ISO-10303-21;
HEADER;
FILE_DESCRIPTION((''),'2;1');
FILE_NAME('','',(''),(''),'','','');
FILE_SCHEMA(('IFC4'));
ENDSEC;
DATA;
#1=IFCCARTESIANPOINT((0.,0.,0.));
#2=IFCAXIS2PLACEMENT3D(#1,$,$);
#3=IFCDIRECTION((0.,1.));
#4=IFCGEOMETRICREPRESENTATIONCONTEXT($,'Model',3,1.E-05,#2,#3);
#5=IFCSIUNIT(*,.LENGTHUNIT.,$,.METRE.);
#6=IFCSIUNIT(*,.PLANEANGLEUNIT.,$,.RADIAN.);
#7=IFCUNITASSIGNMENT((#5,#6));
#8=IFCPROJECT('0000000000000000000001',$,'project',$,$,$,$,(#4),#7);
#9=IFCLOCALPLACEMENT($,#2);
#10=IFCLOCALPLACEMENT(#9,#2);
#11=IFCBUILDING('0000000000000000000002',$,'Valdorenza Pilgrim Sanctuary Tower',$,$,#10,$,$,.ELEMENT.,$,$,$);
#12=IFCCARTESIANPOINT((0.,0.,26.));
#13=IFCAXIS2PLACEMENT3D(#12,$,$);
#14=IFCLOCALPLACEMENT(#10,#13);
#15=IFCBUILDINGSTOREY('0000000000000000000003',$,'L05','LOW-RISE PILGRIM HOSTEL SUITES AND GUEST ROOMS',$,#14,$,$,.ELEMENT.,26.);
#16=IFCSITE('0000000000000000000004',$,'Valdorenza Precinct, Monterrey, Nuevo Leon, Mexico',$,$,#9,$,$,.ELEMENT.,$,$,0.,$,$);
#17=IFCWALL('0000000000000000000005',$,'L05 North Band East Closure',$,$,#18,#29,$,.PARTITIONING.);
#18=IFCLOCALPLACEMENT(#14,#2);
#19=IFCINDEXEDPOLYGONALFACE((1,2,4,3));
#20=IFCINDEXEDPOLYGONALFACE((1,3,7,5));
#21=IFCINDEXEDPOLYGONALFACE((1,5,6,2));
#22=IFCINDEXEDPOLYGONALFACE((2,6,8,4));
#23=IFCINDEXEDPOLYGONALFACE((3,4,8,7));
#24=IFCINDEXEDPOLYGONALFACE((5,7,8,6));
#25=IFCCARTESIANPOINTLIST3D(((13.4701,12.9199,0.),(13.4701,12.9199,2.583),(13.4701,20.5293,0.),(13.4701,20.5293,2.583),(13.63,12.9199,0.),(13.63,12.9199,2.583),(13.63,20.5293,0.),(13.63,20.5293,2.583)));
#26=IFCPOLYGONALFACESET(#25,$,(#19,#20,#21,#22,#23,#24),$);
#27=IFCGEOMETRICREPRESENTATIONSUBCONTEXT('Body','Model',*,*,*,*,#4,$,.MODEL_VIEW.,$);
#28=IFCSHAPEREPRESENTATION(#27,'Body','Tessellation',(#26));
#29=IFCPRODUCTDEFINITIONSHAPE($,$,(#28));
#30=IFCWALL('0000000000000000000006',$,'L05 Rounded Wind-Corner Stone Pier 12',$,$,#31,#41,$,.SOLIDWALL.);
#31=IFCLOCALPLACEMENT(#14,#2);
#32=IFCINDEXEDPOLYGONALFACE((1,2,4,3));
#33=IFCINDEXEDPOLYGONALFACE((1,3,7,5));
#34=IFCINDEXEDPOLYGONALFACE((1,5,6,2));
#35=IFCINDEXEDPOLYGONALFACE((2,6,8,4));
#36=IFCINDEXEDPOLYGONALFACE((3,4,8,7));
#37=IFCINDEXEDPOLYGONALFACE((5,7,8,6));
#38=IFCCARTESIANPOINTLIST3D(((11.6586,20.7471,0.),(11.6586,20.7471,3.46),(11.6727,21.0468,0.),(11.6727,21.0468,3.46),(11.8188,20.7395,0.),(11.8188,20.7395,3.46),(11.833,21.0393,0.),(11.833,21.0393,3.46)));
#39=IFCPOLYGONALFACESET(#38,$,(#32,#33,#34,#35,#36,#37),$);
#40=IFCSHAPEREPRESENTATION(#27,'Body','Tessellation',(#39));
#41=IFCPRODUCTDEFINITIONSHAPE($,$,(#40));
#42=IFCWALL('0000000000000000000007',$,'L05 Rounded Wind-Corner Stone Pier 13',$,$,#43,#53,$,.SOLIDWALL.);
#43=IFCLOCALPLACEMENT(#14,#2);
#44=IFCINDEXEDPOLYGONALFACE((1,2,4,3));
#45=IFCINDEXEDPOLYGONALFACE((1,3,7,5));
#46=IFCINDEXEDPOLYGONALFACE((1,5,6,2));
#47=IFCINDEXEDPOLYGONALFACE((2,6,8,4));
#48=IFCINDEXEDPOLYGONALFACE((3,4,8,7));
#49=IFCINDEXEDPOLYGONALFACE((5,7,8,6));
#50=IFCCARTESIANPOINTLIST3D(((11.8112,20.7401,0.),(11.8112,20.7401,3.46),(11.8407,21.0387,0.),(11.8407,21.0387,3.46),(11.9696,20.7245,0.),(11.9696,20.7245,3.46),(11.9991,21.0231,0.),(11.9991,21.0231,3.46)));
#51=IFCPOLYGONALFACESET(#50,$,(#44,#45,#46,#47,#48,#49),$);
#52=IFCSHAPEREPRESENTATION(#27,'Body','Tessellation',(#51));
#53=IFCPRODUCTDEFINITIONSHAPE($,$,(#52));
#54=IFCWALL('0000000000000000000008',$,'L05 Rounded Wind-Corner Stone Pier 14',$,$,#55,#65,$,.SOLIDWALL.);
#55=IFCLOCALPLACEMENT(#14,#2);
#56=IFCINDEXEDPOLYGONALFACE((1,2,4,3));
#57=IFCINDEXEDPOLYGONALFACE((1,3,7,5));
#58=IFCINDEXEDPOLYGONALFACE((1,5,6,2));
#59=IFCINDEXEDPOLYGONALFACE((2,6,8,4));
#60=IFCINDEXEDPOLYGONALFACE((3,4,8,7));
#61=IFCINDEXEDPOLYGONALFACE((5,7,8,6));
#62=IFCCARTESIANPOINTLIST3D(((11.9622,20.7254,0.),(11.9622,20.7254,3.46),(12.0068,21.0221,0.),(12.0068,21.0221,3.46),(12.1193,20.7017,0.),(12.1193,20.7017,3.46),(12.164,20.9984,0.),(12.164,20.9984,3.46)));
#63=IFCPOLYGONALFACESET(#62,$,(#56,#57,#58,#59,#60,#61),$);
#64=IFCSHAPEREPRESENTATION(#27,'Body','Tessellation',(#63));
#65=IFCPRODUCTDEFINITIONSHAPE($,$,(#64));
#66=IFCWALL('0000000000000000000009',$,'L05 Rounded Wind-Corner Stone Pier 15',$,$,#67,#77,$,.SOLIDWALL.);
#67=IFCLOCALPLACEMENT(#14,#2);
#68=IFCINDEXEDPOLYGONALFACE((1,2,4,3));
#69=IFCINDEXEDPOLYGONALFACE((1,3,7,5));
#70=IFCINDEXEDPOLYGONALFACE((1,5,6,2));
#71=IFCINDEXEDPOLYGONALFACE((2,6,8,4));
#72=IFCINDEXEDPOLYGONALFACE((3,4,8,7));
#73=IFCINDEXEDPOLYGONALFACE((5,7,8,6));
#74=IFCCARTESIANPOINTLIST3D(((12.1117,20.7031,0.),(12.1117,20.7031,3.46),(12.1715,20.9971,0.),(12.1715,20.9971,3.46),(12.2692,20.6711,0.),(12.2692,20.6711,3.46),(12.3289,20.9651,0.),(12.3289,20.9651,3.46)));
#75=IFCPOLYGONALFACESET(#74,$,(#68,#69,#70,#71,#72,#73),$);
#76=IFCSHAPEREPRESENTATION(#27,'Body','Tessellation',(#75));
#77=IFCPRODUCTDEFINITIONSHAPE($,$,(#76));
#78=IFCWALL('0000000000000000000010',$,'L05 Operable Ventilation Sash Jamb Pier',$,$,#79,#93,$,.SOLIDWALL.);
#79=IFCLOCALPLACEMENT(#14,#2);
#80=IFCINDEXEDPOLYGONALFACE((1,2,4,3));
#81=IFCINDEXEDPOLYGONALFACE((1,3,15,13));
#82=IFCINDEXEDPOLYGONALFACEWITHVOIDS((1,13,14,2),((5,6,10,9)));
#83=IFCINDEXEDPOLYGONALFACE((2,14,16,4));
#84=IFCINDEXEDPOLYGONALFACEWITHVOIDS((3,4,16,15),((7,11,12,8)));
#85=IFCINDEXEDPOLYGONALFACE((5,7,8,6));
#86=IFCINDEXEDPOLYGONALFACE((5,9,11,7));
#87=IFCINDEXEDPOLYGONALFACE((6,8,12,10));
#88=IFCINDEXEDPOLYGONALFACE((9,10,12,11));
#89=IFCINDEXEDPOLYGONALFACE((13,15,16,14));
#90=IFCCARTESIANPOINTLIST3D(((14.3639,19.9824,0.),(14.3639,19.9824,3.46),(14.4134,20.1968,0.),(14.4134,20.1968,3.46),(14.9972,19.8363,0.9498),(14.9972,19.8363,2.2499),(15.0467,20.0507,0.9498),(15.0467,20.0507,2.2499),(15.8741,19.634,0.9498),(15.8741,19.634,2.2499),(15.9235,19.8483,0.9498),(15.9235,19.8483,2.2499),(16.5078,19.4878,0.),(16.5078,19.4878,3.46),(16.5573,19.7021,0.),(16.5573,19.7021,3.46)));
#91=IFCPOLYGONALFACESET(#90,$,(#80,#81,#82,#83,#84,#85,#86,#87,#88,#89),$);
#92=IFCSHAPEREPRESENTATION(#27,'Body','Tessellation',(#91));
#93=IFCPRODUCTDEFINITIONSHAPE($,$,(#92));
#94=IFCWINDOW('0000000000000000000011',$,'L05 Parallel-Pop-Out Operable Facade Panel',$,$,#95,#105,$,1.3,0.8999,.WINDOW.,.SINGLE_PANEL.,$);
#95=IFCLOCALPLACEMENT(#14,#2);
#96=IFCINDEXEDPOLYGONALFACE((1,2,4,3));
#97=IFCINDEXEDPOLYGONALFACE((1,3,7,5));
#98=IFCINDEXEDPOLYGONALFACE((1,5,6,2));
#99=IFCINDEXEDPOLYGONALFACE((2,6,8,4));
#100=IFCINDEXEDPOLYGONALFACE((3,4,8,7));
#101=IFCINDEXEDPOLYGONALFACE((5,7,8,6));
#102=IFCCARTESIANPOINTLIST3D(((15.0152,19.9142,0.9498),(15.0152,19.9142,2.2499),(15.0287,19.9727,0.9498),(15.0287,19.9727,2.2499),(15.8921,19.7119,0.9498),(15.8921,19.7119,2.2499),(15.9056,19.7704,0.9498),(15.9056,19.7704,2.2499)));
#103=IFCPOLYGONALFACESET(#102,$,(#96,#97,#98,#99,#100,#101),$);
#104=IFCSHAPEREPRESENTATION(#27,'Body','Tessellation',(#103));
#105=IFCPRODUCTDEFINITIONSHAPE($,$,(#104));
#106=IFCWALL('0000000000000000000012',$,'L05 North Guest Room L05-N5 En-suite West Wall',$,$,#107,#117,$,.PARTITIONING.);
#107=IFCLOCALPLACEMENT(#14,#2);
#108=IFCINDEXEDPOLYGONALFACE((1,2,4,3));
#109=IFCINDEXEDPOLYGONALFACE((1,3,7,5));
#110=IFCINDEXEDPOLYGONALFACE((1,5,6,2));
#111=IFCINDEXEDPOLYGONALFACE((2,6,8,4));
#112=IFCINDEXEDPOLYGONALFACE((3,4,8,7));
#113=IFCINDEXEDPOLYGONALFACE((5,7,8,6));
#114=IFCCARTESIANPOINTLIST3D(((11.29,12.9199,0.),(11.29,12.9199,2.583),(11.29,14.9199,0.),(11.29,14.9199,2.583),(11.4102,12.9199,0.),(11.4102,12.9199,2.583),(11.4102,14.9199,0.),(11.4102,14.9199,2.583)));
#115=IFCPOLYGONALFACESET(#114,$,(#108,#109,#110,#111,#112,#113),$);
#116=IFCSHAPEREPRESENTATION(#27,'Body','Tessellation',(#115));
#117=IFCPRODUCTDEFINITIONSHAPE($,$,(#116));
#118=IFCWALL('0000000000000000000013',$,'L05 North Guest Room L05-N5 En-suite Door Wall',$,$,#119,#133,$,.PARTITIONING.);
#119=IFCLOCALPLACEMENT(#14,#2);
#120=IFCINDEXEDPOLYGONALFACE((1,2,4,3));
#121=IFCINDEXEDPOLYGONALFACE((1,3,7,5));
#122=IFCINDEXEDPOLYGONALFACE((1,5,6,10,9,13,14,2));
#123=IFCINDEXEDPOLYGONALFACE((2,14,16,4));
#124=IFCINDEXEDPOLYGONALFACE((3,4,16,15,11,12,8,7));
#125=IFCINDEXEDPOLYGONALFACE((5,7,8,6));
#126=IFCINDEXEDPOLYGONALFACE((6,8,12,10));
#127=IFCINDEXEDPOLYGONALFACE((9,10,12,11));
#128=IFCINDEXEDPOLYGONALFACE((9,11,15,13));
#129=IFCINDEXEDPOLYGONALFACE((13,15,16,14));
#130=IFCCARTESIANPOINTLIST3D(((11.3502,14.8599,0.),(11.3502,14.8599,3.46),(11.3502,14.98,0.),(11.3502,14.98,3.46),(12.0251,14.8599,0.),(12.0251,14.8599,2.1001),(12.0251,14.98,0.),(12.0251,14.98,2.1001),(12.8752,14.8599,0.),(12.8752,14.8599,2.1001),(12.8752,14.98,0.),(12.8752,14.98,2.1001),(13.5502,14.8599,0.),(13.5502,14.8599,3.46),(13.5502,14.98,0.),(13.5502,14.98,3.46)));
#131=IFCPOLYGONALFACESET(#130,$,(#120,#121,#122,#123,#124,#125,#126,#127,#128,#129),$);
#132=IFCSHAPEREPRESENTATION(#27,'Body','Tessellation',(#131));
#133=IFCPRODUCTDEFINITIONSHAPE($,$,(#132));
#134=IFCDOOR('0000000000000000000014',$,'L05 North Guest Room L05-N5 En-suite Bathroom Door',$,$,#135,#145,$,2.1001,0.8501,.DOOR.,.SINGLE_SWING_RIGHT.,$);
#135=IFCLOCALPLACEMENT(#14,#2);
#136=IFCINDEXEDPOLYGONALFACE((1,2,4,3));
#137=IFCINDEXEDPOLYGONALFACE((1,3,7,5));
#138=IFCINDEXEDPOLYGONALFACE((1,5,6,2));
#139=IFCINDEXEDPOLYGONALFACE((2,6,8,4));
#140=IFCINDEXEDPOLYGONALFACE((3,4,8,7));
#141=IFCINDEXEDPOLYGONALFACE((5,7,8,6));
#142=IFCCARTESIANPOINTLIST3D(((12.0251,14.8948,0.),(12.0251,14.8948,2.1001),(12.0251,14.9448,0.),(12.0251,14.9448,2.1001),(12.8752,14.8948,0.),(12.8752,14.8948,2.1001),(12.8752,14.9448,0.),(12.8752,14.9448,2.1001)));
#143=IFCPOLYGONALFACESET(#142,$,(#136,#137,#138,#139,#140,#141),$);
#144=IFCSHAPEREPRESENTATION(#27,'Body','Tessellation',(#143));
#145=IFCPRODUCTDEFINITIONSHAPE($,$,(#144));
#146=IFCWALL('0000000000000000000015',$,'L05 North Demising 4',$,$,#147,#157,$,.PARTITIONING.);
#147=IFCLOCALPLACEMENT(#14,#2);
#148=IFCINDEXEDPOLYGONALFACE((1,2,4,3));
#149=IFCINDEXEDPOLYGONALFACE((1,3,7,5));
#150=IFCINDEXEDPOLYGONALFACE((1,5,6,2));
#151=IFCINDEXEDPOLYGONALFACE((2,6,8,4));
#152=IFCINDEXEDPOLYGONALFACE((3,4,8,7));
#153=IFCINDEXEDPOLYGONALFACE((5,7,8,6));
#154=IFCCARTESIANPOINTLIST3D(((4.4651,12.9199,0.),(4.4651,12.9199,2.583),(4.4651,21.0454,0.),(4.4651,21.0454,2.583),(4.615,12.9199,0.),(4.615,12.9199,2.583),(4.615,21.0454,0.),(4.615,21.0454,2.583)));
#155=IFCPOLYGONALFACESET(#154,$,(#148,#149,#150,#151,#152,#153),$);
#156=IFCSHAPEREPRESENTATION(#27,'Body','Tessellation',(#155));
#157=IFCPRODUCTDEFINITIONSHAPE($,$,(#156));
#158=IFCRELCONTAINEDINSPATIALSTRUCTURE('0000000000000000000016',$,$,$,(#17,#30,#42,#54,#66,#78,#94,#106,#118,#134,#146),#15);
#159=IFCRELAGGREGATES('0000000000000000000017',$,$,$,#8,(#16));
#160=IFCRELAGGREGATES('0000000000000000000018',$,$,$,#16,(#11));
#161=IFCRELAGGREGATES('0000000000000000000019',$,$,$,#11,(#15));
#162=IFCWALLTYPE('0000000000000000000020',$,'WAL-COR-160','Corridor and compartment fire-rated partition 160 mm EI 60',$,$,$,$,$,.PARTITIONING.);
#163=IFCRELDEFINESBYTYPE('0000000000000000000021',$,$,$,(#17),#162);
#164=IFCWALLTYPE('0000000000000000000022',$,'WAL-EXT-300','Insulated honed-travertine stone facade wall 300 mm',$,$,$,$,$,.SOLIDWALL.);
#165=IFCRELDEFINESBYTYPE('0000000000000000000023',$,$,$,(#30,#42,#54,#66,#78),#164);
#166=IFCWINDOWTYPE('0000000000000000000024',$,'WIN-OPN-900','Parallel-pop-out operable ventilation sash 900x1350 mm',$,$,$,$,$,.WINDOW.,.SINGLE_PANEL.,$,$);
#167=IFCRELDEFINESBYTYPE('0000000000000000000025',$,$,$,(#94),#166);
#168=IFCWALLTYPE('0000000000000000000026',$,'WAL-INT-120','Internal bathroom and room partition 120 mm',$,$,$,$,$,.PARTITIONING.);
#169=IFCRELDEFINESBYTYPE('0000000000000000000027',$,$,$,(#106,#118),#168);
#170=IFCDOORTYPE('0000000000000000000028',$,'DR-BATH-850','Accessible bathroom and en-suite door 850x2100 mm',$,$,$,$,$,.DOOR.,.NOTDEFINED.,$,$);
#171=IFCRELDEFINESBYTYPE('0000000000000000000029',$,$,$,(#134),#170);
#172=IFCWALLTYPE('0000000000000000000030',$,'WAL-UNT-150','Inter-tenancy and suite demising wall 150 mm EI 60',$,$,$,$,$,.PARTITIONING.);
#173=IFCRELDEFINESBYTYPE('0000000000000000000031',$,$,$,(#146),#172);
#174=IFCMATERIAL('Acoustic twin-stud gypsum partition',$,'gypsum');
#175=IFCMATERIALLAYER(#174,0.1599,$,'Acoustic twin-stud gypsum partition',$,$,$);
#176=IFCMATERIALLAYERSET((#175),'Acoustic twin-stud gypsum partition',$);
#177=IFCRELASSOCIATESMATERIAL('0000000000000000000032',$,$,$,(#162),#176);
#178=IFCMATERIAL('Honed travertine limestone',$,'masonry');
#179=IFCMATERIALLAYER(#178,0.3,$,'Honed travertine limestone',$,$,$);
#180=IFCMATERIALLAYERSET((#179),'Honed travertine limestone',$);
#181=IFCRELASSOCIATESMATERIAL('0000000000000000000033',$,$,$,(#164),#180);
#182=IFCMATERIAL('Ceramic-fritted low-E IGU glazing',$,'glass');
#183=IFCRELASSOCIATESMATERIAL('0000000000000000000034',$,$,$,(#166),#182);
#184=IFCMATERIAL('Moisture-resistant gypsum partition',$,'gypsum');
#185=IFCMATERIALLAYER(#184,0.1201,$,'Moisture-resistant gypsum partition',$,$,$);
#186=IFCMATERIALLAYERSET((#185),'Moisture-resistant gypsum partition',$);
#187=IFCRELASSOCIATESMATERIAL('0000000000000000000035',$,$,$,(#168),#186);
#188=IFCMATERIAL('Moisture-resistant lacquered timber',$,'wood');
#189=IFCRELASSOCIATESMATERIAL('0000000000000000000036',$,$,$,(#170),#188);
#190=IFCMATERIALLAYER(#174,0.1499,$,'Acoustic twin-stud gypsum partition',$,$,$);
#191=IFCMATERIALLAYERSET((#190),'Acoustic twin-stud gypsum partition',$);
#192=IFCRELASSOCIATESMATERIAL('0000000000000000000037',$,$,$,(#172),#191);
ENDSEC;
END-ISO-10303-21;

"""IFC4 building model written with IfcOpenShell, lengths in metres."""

from ifc_helpers import new_model, si_unit, direction, frame, frame_2d, origin, place, context, subcontext, project, spatial, rectangle, extrude, material, layer, layer_set, type_object, element, fill, save


model = new_model("IFC4")

# Units and contexts
model_context = context("Model", 3, precision=1e-05, world=origin(), true_north=direction((0.0, 1.0)))
body_context = subcontext(model_context, "Body", "Model", "MODEL_VIEW")
ifc_project = project(units=[si_unit("LENGTHUNIT", "METRE"), si_unit("PLANEANGLEUNIT", "RADIAN")], contexts=[model_context])

# Site, building, storey
site_placement = place(None, origin())
site = spatial("IfcSite", under=ifc_project, at=site_placement, Name="Valdorenza Precinct, Monterrey, Nuevo Leon, Mexico", CompositionType="ELEMENT", RefElevation=0.0)
building_placement = place(site_placement, origin())
building = spatial("IfcBuilding", under=site, at=building_placement, Name="Valdorenza Pilgrim Sanctuary Tower", CompositionType="ELEMENT")
storey_placement = place(building_placement, frame((0.0, 0.0, 26.0)))
storey = spatial("IfcBuildingStorey", under=building, at=storey_placement, Name="L05", Description="LOW-RISE PILGRIM HOSTEL SUITES AND GUEST ROOMS", CompositionType="ELEMENT", Elevation=26.0)

# Shared definitions
ifc_material_1 = material(Name="Ceramic-fritted low-E IGU glazing", Category="glass")
ifc_material_2 = material(Name="Honed travertine limestone", Category="masonry")

# Walls
ifc_material_3 = material(Name="Acoustic twin-stud gypsum partition", Category="gypsum")
ifc_layer_1 = layer(ifc_material_3, 0.1599, Name="Acoustic twin-stud gypsum partition")
ifc_layer_set_1 = layer_set([ifc_layer_1], Name="Acoustic twin-stud gypsum partition")
wall_type_1 = type_object("IfcWallType", Name="WAL-COR-160", Description="Corridor and compartment fire-rated partition 160 mm EI 60", PredefinedType="PARTITIONING", material=ifc_layer_set_1)
wall_1_placement = place(storey_placement, frame((13.55, 12.9199, 0.0), z_axis=(0.0, 0.0, 1.0), x_axis=(0.0, 1.0, 0.0)))
element("IfcWall", 1, at=wall_1_placement, inside=storey, type_object=wall_type_1, Name="L05 North Band East Closure", PredefinedType="PARTITIONING", context=body_context, shape_type="SweptSolid", body=[
    extrude(rectangle(XDim=7.6094, YDim=0.1599, at=frame_2d((3.8047, 0.0))), origin(), (0.0, 0.0, 1.0), 2.583),
])
ifc_layer_2 = layer(ifc_material_2, 0.3, Name="Honed travertine limestone")
ifc_layer_set_2 = layer_set([ifc_layer_2], Name="Honed travertine limestone")
wall_type_2 = type_object("IfcWallType", Name="WAL-EXT-300", Description="Insulated honed-travertine stone facade wall 300 mm", PredefinedType="SOLIDWALL", material=ifc_layer_set_2)
wall_2_placement = place(storey_placement, frame((11.6658, 20.897, 0.0), z_axis=(0.0, 0.0, 1.0), x_axis=(0.998885, -0.047203, 0.0)))
element("IfcWall", 2, at=wall_2_placement, inside=storey, type_object=wall_type_2, Name="L05 Rounded Wind-Corner Stone Pier 12", PredefinedType="SOLIDWALL", context=body_context, shape_type="SweptSolid", body=[
    extrude(rectangle(XDim=0.1604, YDim=0.3, at=frame_2d((0.0801, 0.0))), origin(), (0.0, 0.0, 1.0), 3.46),
])
wall_3_placement = place(storey_placement, frame((11.8259, 20.8894, 0.0), z_axis=(0.0, 0.0, 1.0), x_axis=(0.995173, -0.098137, 0.0)))
element("IfcWall", 3, at=wall_3_placement, inside=storey, type_object=wall_type_2, Name="L05 Rounded Wind-Corner Stone Pier 13", PredefinedType="SOLIDWALL", context=body_context, shape_type="SweptSolid", body=[
    extrude(rectangle(XDim=0.1592, YDim=0.3, at=frame_2d((0.0796, 0.0))), origin(), (0.0, 0.0, 1.0), 3.46),
])
wall_4_placement = place(storey_placement, frame((11.9844, 20.8738, 0.0), z_axis=(0.0, 0.0, 1.0), x_axis=(0.988846, -0.148941, 0.0)))
element("IfcWall", 4, at=wall_4_placement, inside=storey, type_object=wall_type_2, Name="L05 Rounded Wind-Corner Stone Pier 14", PredefinedType="SOLIDWALL", context=body_context, shape_type="SweptSolid", body=[
    extrude(rectangle(XDim=0.1589, YDim=0.3, at=frame_2d((0.0796, 0.0))), origin(), (0.0, 0.0, 1.0), 3.46),
])
wall_5_placement = place(storey_placement, frame((12.1416, 20.8501, 0.0), z_axis=(0.0, 0.0, 1.0), x_axis=(0.979992, -0.199037, 0.0)))
element("IfcWall", 5, at=wall_5_placement, inside=storey, type_object=wall_type_2, Name="L05 Rounded Wind-Corner Stone Pier 15", PredefinedType="SOLIDWALL", context=body_context, shape_type="SweptSolid", body=[
    extrude(rectangle(XDim=0.1606, YDim=0.3, at=frame_2d((0.0803, 0.0))), origin(), (0.0, 0.0, 1.0), 3.46),
])

# Wall, opening, window
wall_6_placement = place(storey_placement, frame((14.3887, 20.0896, 0.0), z_axis=(0.0, 0.0, 1.0), x_axis=(0.974401, -0.224819, 0.0)))
wall_6 = element("IfcWall", 6, at=wall_6_placement, inside=storey, type_object=wall_type_2, Name="L05 Operable Ventilation Sash Jamb Pier", PredefinedType="SOLIDWALL", context=body_context, shape_type="SweptSolid", body=[
    extrude(rectangle(XDim=2.2002, YDim=0.22, at=frame_2d((1.1001, 0.0))), origin(), (0.0, 0.0, 1.0), 3.46),
])
opening_1_placement = place(wall_6_placement, frame((0.6499, 0.0, 0.95)))
opening_1 = element("IfcOpeningElement", 7, at=opening_1_placement, cuts=wall_6, PredefinedType="OPENING", context=body_context, shape_type="SweptSolid", body=[
    extrude(rectangle(XDim=0.8999, YDim=1.3, at=frame_2d((0.45, 0.6499))), frame((0.0, 0.125, 0.0), z_axis=(0.0, -1.0, 0.0), x_axis=(1.0, 0.0, 0.0)), (0.0, 0.0, 1.0), 0.2498),
])
window_type = type_object("IfcWindowType", Name="WIN-OPN-900", Description="Parallel-pop-out operable ventilation sash 900x1350 mm", PartitioningType="SINGLE_PANEL", PredefinedType="WINDOW", material=ifc_material_1)
window_placement = place(opening_1_placement, origin())
window = element("IfcWindow", 8, at=window_placement, inside=storey, type_object=window_type, Name="L05 Parallel-Pop-Out Operable Facade Panel", OverallHeight=1.3, OverallWidth=0.8999, PartitioningType="SINGLE_PANEL", PredefinedType="WINDOW", context=body_context, shape_type="SweptSolid", body=[
    extrude(rectangle(XDim=0.8999, YDim=1.3, at=frame_2d((0.45, 0.6499))), frame((0.0, 0.03, 0.0), z_axis=(0.0, -1.0, 0.0), x_axis=(1.0, 0.0, 0.0)), (0.0, 0.0, 1.0), 0.0601),
])
fill(opening_1, window)

# Wall
ifc_material_4 = material(Name="Moisture-resistant gypsum partition", Category="gypsum")
ifc_layer_3 = layer(ifc_material_4, 0.1201, Name="Moisture-resistant gypsum partition")
ifc_layer_set_3 = layer_set([ifc_layer_3], Name="Moisture-resistant gypsum partition")
wall_type_3 = type_object("IfcWallType", Name="WAL-INT-120", Description="Internal bathroom and room partition 120 mm", PredefinedType="PARTITIONING", material=ifc_layer_set_3)
wall_7_placement = place(storey_placement, frame((11.3501, 12.9199, 0.0), z_axis=(0.0, 0.0, 1.0), x_axis=(0.0, 1.0, 0.0)))
element("IfcWall", 9, at=wall_7_placement, inside=storey, type_object=wall_type_3, Name="L05 North Guest Room L05-N5 En-suite West Wall", PredefinedType="PARTITIONING", context=body_context, shape_type="SweptSolid", body=[
    extrude(rectangle(XDim=2.0, YDim=0.1201, at=frame_2d((1.0, 0.0))), origin(), (0.0, 0.0, 1.0), 2.583),
])

# Wall, opening, door
wall_8_placement = place(storey_placement, frame((11.3501, 14.9199, 0.0), z_axis=(0.0, 0.0, 1.0), x_axis=(1.0, 0.0, 0.0)))
wall_8 = element("IfcWall", 10, at=wall_8_placement, inside=storey, type_object=wall_type_3, Name="L05 North Guest Room L05-N5 En-suite Door Wall", PredefinedType="PARTITIONING", context=body_context, shape_type="SweptSolid", body=[
    extrude(rectangle(XDim=2.2, YDim=0.1201, at=frame_2d((1.1001, 0.0))), origin(), (0.0, 0.0, 1.0), 3.46),
])
opening_2_placement = place(wall_8_placement, frame((0.675, 0.0, 0.0)))
opening_2 = element("IfcOpeningElement", 11, at=opening_2_placement, cuts=wall_8, PredefinedType="OPENING", context=body_context, shape_type="SweptSolid", body=[
    extrude(rectangle(XDim=0.8501, YDim=2.1001, at=frame_2d((0.425, 1.05))), frame((0.0, 0.075, 0.0), z_axis=(0.0, -1.0, 0.0), x_axis=(1.0, 0.0, 0.0)), (0.0, 0.0, 1.0), 0.1499),
])
ifc_material_5 = material(Name="Moisture-resistant lacquered timber", Category="wood")
door_type = type_object("IfcDoorType", Name="DR-BATH-850", Description="Accessible bathroom and en-suite door 850x2100 mm", OperationType="NOTDEFINED", PredefinedType="DOOR", material=ifc_material_5)
door_placement = place(opening_2_placement, origin())
door = element("IfcDoor", 12, at=door_placement, inside=storey, type_object=door_type, Name="L05 North Guest Room L05-N5 En-suite Bathroom Door", OperationType="SINGLE_SWING_RIGHT", OverallHeight=2.1001, OverallWidth=0.8501, PredefinedType="DOOR", context=body_context, shape_type="SweptSolid", body=[
    extrude(rectangle(XDim=0.8501, YDim=2.1001, at=frame_2d((0.425, 1.05))), frame((0.0, 0.0249, 0.0), z_axis=(0.0, -1.0, 0.0), x_axis=(1.0, 0.0, 0.0)), (0.0, 0.0, 1.0), 0.05),
])
fill(opening_2, door)

# Wall
ifc_layer_4 = layer(ifc_material_3, 0.1499, Name="Acoustic twin-stud gypsum partition")
ifc_layer_set_4 = layer_set([ifc_layer_4], Name="Acoustic twin-stud gypsum partition")
wall_type_4 = type_object("IfcWallType", Name="WAL-UNT-150", Description="Inter-tenancy and suite demising wall 150 mm EI 60", PredefinedType="PARTITIONING", material=ifc_layer_set_4)
wall_9_placement = place(storey_placement, frame((4.54, 12.9199, 0.0), z_axis=(0.0, 0.0, 1.0), x_axis=(0.0, 1.0, 0.0)))
element("IfcWall", 13, at=wall_9_placement, inside=storey, type_object=wall_type_4, Name="L05 North Demising 4", PredefinedType="PARTITIONING", context=body_context, shape_type="SweptSolid", body=[
    extrude(rectangle(XDim=8.1255, YDim=0.1499, at=frame_2d((4.0627, 0.0))), origin(), (0.0, 0.0, 1.0), 2.583),
])

save(model, "model.ifc")
